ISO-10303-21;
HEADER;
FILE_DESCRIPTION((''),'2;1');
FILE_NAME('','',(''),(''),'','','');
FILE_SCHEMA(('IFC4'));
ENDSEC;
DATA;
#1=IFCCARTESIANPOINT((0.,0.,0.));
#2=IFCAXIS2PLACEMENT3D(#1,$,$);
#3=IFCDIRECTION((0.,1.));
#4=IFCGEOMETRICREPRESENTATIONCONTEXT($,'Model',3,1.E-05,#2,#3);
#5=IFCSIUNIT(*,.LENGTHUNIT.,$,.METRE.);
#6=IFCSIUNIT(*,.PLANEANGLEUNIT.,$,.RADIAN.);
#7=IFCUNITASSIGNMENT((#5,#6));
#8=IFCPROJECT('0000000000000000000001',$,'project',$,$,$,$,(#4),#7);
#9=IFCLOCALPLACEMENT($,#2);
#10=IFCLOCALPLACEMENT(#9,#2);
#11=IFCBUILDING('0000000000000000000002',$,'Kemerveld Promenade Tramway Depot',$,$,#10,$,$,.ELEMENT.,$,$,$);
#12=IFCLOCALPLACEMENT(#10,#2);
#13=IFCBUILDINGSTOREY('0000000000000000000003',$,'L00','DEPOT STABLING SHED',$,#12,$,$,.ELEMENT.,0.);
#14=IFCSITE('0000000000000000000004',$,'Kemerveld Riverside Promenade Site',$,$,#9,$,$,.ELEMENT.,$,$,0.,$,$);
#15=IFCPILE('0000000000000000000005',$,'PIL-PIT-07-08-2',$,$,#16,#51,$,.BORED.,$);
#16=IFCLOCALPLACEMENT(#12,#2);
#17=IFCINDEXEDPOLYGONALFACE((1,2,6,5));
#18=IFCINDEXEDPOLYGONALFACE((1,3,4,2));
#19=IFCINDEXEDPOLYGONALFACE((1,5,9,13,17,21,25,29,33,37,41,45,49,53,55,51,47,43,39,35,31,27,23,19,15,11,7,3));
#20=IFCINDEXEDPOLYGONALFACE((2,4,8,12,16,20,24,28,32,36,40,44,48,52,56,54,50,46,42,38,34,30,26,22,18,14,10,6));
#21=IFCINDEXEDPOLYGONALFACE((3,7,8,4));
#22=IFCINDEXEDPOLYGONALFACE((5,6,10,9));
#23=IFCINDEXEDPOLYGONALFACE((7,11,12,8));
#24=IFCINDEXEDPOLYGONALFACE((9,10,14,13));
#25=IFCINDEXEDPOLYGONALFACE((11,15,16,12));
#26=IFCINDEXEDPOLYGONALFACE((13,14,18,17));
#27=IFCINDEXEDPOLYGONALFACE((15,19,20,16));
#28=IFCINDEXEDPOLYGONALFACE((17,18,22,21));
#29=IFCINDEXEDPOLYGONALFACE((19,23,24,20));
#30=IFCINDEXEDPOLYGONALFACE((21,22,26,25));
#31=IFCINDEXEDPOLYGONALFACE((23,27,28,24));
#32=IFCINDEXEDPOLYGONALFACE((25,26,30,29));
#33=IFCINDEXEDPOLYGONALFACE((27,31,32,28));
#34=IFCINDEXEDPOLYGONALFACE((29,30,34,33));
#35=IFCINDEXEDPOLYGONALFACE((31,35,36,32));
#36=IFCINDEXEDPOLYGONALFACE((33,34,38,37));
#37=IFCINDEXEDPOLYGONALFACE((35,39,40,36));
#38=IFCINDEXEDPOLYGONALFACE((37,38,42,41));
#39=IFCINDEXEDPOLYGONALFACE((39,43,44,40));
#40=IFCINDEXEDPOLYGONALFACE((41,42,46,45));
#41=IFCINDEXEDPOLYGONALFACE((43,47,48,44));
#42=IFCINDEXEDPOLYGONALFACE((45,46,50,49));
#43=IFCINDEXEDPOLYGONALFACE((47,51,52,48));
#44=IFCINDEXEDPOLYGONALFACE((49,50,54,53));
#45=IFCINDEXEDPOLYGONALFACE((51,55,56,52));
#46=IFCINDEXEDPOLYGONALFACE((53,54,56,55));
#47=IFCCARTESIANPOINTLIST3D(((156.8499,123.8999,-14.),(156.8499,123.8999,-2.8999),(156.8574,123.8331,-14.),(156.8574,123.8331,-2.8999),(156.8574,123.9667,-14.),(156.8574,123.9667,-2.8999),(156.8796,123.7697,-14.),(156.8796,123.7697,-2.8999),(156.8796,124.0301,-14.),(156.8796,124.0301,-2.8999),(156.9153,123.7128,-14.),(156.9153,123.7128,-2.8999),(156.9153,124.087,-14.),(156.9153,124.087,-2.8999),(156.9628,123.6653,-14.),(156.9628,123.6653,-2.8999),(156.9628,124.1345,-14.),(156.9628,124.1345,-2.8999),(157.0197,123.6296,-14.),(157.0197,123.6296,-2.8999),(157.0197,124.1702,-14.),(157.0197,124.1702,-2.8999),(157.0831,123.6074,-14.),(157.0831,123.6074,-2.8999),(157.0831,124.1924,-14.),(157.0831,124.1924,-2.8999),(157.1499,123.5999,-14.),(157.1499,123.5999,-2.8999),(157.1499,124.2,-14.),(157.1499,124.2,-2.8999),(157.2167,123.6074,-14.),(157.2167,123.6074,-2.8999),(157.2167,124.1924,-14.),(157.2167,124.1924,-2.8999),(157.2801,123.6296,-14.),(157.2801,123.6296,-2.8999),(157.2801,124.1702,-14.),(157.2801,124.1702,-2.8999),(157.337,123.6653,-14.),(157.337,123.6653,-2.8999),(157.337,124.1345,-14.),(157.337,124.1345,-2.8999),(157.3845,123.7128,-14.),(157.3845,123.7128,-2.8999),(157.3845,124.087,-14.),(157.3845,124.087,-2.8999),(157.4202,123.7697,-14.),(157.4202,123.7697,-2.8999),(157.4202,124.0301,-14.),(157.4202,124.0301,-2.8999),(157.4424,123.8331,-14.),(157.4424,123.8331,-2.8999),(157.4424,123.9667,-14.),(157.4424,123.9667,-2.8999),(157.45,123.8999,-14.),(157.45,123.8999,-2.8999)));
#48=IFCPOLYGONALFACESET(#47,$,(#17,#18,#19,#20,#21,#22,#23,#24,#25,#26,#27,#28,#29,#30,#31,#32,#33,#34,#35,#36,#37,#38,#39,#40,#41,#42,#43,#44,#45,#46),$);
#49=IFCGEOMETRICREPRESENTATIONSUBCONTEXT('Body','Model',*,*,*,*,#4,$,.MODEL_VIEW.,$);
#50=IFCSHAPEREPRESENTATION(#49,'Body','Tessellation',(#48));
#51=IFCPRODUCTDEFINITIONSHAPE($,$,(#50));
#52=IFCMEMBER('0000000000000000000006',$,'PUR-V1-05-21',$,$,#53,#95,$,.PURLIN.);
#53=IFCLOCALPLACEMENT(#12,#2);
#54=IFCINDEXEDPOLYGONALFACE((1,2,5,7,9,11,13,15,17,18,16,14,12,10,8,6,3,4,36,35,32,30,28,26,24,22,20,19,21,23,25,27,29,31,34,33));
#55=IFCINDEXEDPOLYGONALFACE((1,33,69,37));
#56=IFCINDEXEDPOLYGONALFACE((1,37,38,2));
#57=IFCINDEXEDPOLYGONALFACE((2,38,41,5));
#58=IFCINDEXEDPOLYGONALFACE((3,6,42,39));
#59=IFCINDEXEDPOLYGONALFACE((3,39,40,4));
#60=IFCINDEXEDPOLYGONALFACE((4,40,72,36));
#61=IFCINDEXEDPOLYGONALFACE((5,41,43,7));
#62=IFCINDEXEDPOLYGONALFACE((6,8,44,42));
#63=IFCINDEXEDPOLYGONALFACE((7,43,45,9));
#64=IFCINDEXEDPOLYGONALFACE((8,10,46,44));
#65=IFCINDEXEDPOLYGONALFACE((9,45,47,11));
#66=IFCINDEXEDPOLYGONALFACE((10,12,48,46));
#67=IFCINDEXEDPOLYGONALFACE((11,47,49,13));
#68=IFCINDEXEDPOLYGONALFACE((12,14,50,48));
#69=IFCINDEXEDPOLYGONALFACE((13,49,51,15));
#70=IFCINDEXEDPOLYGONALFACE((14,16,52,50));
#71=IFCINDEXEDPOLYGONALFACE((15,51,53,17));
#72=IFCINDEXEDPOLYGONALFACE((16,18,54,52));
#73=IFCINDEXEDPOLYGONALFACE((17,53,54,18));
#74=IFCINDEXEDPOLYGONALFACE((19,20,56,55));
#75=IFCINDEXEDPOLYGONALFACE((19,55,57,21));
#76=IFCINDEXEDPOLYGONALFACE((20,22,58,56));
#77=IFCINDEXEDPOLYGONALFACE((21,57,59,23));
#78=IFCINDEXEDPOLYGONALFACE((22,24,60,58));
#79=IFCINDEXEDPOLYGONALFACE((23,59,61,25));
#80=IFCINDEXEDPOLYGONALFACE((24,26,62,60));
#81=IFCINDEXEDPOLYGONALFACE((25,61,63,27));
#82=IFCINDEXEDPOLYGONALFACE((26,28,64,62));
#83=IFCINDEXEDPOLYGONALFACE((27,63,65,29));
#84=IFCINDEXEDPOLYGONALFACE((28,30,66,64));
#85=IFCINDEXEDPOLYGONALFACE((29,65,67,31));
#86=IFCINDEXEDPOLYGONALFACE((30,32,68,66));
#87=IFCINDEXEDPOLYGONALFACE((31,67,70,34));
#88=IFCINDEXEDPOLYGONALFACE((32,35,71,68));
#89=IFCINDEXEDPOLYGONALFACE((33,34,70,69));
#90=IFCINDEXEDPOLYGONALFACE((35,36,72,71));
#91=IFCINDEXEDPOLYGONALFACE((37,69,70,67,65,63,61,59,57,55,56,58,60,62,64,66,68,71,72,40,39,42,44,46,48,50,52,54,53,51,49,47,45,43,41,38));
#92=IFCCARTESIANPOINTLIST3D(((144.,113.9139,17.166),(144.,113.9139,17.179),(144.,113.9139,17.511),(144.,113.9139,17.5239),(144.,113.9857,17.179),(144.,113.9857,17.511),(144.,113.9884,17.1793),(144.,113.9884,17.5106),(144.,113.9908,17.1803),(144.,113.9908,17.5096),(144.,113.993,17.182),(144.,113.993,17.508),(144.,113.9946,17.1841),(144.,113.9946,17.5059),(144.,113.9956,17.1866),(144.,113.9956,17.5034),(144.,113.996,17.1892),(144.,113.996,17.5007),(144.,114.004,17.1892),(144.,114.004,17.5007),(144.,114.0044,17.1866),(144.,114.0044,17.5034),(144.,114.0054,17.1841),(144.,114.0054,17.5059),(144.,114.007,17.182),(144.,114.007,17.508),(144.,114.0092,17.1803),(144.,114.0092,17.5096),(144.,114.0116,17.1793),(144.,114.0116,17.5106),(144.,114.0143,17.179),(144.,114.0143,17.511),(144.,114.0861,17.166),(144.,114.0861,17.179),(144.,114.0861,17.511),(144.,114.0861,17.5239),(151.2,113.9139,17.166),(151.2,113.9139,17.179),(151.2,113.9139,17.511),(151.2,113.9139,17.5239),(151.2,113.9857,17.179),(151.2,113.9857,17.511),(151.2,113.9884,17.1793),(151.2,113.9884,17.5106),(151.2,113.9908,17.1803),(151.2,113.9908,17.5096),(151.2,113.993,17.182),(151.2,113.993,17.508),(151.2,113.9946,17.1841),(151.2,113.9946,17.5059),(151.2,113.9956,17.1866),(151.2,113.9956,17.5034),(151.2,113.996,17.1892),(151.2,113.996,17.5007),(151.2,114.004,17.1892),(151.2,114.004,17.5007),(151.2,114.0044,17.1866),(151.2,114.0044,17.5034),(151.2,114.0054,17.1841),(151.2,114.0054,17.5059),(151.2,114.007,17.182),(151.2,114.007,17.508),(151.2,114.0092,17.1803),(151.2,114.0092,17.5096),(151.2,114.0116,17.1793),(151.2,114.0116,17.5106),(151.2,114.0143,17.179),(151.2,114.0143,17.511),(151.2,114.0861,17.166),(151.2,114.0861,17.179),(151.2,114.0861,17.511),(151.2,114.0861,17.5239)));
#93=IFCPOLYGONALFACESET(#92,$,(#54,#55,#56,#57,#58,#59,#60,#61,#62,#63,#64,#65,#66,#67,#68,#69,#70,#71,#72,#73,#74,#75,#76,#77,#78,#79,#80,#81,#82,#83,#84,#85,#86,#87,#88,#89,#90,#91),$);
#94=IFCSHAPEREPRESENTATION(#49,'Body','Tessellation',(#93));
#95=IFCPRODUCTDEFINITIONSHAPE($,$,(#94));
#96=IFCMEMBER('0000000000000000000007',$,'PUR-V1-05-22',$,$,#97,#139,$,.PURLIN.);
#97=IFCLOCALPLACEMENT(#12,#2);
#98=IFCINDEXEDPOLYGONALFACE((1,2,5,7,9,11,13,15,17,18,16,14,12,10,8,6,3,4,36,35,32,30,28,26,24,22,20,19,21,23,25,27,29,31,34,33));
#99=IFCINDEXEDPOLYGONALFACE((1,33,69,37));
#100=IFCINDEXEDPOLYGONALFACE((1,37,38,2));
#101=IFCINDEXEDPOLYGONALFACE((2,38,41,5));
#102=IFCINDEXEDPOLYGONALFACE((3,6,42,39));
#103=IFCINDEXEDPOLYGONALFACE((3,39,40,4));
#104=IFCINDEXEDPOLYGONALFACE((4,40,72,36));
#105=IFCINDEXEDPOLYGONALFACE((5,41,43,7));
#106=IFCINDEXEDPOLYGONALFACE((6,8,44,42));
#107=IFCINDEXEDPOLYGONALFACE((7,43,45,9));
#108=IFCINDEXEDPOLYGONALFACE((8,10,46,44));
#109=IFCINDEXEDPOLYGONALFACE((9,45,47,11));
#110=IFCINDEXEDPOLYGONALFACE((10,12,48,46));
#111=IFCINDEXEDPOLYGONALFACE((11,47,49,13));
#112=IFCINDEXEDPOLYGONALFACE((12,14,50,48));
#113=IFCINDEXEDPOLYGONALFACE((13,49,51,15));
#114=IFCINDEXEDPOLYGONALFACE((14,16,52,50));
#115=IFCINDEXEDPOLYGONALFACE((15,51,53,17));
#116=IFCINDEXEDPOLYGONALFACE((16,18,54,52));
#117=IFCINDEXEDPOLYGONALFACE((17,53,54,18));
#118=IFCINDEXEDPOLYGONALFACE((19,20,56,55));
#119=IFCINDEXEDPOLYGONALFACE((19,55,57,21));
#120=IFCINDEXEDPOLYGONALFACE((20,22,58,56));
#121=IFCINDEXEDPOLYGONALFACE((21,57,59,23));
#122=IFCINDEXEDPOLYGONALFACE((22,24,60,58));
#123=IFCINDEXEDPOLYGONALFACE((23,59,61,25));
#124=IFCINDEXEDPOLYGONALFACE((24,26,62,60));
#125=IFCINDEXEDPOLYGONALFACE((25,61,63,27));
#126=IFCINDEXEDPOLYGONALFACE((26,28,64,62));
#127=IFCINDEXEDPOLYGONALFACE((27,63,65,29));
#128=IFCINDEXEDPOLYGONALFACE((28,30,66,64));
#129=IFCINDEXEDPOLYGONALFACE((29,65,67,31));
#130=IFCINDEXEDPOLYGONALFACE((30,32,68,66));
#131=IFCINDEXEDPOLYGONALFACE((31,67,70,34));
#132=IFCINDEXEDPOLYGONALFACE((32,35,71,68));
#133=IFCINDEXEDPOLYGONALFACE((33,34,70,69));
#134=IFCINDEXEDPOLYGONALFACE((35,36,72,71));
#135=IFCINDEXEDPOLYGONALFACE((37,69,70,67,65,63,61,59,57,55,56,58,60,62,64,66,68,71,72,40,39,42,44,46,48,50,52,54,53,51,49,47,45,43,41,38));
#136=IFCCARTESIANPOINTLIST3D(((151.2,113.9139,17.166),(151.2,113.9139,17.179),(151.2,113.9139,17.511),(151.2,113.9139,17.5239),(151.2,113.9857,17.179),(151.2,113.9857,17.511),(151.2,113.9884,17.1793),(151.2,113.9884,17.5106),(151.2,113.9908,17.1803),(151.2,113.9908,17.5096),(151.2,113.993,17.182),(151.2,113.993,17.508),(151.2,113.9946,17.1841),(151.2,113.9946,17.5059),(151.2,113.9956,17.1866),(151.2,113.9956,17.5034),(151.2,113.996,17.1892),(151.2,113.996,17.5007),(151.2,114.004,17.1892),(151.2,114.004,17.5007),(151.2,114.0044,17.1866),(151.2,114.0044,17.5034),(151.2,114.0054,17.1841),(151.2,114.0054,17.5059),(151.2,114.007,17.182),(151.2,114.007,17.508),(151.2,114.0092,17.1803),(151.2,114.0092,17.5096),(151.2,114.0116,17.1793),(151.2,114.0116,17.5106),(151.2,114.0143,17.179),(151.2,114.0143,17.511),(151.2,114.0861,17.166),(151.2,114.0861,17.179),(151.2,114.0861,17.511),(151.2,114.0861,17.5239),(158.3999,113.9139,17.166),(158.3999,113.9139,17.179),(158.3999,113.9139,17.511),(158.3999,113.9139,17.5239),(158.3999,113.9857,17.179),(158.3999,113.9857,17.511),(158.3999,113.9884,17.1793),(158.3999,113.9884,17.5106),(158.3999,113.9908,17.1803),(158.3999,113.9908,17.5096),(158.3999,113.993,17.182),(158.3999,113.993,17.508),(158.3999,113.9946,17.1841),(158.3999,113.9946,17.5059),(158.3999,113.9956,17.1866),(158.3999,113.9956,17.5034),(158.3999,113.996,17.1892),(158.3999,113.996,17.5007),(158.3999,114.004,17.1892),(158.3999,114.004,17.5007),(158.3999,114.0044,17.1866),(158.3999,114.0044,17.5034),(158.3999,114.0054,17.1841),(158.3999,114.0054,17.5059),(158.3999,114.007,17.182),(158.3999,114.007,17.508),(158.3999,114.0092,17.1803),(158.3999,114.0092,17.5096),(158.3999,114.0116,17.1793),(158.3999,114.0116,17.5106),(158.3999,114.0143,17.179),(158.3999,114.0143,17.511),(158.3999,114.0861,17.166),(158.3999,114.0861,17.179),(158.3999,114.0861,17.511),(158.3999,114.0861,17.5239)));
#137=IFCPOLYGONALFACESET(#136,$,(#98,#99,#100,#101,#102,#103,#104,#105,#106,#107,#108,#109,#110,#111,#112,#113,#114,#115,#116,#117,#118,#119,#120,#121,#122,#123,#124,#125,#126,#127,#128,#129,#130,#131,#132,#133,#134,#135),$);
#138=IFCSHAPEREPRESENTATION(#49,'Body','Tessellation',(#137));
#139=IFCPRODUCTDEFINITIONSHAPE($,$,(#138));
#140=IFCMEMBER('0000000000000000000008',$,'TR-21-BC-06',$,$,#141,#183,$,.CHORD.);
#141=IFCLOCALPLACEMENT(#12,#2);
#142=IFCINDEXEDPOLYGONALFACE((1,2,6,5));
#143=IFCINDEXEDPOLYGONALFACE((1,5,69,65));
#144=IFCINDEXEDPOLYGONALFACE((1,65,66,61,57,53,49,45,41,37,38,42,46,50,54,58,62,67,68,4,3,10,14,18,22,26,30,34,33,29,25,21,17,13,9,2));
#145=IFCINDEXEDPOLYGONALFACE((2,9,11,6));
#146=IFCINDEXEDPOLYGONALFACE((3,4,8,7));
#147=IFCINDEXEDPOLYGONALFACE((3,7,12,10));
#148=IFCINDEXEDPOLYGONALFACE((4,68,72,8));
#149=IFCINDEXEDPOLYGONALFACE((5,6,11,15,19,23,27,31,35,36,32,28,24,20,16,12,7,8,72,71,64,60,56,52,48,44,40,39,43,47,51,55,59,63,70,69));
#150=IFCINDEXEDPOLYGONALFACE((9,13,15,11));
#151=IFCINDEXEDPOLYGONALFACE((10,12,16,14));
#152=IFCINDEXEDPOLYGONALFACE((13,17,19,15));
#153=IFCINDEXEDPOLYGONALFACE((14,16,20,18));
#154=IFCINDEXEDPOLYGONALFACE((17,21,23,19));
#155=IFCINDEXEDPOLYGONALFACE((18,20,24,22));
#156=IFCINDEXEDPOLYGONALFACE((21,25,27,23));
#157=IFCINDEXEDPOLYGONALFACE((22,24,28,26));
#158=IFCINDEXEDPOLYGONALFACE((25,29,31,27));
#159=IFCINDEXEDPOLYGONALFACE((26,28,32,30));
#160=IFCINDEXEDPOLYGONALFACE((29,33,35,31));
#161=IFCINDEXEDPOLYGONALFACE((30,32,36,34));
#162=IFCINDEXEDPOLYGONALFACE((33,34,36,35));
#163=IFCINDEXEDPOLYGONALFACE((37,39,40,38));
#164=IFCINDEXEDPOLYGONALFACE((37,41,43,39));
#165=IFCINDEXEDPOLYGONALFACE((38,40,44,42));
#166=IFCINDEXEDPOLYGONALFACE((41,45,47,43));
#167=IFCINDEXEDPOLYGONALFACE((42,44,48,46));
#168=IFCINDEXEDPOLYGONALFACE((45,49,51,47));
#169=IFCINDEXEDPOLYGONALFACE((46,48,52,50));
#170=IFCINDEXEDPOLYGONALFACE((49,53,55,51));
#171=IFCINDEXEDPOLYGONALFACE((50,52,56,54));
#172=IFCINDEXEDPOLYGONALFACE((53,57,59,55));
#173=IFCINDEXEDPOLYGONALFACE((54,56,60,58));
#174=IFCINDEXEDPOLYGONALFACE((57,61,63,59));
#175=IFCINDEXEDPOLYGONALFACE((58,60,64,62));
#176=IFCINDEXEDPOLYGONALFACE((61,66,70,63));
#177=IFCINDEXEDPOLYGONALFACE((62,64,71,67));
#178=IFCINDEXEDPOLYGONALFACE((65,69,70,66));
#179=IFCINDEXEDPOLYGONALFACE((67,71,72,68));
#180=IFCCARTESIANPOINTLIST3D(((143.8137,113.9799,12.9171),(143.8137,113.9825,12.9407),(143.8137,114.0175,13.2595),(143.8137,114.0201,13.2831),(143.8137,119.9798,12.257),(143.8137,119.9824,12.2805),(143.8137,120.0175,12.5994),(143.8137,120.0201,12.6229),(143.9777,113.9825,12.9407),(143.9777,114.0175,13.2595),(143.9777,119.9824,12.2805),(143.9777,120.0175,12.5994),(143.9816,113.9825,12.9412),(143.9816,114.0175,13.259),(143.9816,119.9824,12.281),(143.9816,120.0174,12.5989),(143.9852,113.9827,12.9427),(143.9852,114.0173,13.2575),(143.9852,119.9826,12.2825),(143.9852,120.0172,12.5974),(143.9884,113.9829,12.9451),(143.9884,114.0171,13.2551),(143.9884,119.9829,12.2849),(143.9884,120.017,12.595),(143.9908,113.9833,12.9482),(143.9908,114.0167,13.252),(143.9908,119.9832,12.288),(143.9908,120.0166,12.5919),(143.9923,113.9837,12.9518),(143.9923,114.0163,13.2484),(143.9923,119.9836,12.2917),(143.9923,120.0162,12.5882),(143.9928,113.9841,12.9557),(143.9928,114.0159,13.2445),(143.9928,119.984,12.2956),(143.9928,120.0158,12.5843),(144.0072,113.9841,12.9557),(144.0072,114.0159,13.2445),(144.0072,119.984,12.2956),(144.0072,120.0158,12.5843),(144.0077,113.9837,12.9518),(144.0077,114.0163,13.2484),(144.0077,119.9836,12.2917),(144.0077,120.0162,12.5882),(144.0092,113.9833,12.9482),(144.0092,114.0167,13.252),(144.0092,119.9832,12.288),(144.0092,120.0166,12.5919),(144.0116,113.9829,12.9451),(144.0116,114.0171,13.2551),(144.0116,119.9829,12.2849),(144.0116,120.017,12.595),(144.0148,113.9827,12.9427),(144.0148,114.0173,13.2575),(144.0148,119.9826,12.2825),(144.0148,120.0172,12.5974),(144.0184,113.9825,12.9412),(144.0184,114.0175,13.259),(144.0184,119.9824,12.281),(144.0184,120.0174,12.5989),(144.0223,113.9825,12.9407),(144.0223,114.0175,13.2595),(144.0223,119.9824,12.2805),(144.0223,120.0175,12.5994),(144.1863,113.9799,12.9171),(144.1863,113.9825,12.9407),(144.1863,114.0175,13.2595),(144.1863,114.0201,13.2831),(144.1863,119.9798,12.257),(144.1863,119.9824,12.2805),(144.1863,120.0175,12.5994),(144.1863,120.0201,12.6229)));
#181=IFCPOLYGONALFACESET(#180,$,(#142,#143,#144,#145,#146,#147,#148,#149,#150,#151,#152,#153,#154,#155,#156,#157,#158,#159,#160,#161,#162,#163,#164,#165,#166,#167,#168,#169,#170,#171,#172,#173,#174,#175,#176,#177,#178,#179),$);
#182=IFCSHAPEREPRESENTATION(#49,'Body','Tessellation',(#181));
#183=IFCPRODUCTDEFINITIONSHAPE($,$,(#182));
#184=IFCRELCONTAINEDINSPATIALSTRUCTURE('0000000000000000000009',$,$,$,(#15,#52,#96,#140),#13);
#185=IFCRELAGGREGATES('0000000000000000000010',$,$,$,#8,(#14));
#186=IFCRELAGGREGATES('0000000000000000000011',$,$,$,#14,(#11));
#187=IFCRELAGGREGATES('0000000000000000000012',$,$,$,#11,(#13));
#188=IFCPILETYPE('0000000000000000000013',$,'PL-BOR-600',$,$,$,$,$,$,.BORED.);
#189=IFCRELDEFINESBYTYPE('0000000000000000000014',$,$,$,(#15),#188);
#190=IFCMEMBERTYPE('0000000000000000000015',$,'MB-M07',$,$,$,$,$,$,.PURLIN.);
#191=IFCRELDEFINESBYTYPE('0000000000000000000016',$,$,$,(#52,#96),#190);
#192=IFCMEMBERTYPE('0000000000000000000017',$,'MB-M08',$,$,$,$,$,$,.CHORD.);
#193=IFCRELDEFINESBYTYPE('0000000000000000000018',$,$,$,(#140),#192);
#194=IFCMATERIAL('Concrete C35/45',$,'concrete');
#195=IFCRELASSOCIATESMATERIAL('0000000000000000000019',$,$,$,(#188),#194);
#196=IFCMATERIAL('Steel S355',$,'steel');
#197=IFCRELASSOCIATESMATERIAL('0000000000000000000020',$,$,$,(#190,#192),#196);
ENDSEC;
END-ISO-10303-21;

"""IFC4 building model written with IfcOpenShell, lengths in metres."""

from ifc_helpers import new_model, si_unit, direction, frame, origin, origin_2d, place, context, subcontext, project, spatial, circle, i_section, extrude, material, material_profile, profile_set, type_object, element, save


model = new_model("IFC4")

# Units and contexts
model_context = context("Model", 3, precision=1e-05, world=origin(), true_north=direction((0.0, 1.0)))
body_context = subcontext(model_context, "Body", "Model", "MODEL_VIEW")
ifc_project = project(units=[si_unit("LENGTHUNIT", "METRE"), si_unit("PLANEANGLEUNIT", "RADIAN")], contexts=[model_context])

# Site, building, storey
site_placement = place(None, origin())
site = spatial("IfcSite", under=ifc_project, at=site_placement, Name="Kemerveld Riverside Promenade Site", CompositionType="ELEMENT", RefElevation=0.0)
building_placement = place(site_placement, origin())
building = spatial("IfcBuilding", under=site, at=building_placement, Name="Kemerveld Promenade Tramway Depot", CompositionType="ELEMENT")
storey_placement = place(building_placement, origin())
storey = spatial("IfcBuildingStorey", under=building, at=storey_placement, Name="L00", Description="DEPOT STABLING SHED", CompositionType="ELEMENT", Elevation=0.0)

# Shared definitions
ifc_material_1 = material(Name="Concrete C35/45", Category="concrete")

# Pile
ifc_material_profile_1 = material_profile(ifc_material_1, circle(Radius=0.3, at=origin_2d()), Name="PILE-D600")
ifc_profile_set_1 = profile_set([ifc_material_profile_1], Name="Concrete C35/45")
pile_type = type_object("IfcPileType", Name="PL-BOR-600", PredefinedType="BORED", material=ifc_profile_set_1)
for number, where, z_axis, x_axis, name in (
    (1, (157.1499, 123.8999, -2.8999), (0.0, 0.0, -1.0), (1.0, 0.0, 0.0), "PIL-PIT-07-08-2"),
):
    element("IfcPile", number, at=place(storey_placement, frame(where, z_axis=z_axis, x_axis=x_axis)), inside=storey, type_object=pile_type, Name=name, PredefinedType="BORED", context=body_context, shape_type="SweptSolid", body=[
        extrude(circle(Radius=0.3, at=origin_2d()), origin(), (0.0, 0.0, 1.0), 11.1001),
    ])

# Members
ifc_material_2 = material(Name="Steel S355", Category="steel")
ifc_material_profile_2 = material_profile(ifc_material_2, i_section(OverallWidth=0.1721, OverallDepth=0.3579, WebThickness=0.0081, FlangeThickness=0.0129, FilletRadius=0.0103, at=origin_2d()), Name="356x171x57 UB")
ifc_profile_set_2 = profile_set([ifc_material_profile_2], Name="Steel S355")
member_type_1 = type_object("IfcMemberType", Name="MB-M07", PredefinedType="PURLIN", material=ifc_profile_set_2)
for number, where, z_axis, x_axis, name in (
    (2, (144.0, 114.0, 17.345), (1.0, 0.0, 0.0), (0.0, 1.0, 0.0), "PUR-V1-05-21"),
    (3, (151.2, 114.0, 17.345), (1.0, 0.0, 0.0), (0.0, 1.0, 0.0), "PUR-V1-05-22"),
):
    element("IfcMember", number, at=place(storey_placement, frame(where, z_axis=z_axis, x_axis=x_axis)), inside=storey, type_object=member_type_1, Name=name, PredefinedType="PURLIN", context=body_context, shape_type="SweptSolid", body=[
        extrude(i_section(OverallWidth=0.1721, OverallDepth=0.3579, WebThickness=0.0081, FlangeThickness=0.0129, FilletRadius=0.0103, at=origin_2d()), origin(), (0.0, 0.0, 1.0), 7.2),
    ])
ifc_material_profile_3 = material_profile(ifc_material_2, i_section(OverallWidth=0.3726, OverallDepth=0.3682, WebThickness=0.0144, FlangeThickness=0.0237, FilletRadius=0.0151, at=origin_2d()), Name="356x368x177 UC")
ifc_profile_set_3 = profile_set([ifc_material_profile_3], Name="Steel S355")
member_type_2 = type_object("IfcMemberType", Name="MB-M08", PredefinedType="CHORD", material=ifc_profile_set_3)
for number, where, z_axis, x_axis, name in (
    (4, (144.0, 114.0, 13.1001), (0.0, 0.994002, -0.109366), (-1.0, 0.0, 0.0), "TR-21-BC-06"),
):
    element("IfcMember", number, at=place(storey_placement, frame(where, z_axis=z_axis, x_axis=x_axis)), inside=storey, type_object=member_type_2, Name=name, PredefinedType="CHORD", context=body_context, shape_type="SweptSolid", body=[
        extrude(i_section(OverallWidth=0.3726, OverallDepth=0.3682, WebThickness=0.0144, FlangeThickness=0.0237, FilletRadius=0.0151, at=origin_2d()), origin(), (0.0, 0.0, 1.0), 6.0361),
    ])

save(model, "model.ifc")
